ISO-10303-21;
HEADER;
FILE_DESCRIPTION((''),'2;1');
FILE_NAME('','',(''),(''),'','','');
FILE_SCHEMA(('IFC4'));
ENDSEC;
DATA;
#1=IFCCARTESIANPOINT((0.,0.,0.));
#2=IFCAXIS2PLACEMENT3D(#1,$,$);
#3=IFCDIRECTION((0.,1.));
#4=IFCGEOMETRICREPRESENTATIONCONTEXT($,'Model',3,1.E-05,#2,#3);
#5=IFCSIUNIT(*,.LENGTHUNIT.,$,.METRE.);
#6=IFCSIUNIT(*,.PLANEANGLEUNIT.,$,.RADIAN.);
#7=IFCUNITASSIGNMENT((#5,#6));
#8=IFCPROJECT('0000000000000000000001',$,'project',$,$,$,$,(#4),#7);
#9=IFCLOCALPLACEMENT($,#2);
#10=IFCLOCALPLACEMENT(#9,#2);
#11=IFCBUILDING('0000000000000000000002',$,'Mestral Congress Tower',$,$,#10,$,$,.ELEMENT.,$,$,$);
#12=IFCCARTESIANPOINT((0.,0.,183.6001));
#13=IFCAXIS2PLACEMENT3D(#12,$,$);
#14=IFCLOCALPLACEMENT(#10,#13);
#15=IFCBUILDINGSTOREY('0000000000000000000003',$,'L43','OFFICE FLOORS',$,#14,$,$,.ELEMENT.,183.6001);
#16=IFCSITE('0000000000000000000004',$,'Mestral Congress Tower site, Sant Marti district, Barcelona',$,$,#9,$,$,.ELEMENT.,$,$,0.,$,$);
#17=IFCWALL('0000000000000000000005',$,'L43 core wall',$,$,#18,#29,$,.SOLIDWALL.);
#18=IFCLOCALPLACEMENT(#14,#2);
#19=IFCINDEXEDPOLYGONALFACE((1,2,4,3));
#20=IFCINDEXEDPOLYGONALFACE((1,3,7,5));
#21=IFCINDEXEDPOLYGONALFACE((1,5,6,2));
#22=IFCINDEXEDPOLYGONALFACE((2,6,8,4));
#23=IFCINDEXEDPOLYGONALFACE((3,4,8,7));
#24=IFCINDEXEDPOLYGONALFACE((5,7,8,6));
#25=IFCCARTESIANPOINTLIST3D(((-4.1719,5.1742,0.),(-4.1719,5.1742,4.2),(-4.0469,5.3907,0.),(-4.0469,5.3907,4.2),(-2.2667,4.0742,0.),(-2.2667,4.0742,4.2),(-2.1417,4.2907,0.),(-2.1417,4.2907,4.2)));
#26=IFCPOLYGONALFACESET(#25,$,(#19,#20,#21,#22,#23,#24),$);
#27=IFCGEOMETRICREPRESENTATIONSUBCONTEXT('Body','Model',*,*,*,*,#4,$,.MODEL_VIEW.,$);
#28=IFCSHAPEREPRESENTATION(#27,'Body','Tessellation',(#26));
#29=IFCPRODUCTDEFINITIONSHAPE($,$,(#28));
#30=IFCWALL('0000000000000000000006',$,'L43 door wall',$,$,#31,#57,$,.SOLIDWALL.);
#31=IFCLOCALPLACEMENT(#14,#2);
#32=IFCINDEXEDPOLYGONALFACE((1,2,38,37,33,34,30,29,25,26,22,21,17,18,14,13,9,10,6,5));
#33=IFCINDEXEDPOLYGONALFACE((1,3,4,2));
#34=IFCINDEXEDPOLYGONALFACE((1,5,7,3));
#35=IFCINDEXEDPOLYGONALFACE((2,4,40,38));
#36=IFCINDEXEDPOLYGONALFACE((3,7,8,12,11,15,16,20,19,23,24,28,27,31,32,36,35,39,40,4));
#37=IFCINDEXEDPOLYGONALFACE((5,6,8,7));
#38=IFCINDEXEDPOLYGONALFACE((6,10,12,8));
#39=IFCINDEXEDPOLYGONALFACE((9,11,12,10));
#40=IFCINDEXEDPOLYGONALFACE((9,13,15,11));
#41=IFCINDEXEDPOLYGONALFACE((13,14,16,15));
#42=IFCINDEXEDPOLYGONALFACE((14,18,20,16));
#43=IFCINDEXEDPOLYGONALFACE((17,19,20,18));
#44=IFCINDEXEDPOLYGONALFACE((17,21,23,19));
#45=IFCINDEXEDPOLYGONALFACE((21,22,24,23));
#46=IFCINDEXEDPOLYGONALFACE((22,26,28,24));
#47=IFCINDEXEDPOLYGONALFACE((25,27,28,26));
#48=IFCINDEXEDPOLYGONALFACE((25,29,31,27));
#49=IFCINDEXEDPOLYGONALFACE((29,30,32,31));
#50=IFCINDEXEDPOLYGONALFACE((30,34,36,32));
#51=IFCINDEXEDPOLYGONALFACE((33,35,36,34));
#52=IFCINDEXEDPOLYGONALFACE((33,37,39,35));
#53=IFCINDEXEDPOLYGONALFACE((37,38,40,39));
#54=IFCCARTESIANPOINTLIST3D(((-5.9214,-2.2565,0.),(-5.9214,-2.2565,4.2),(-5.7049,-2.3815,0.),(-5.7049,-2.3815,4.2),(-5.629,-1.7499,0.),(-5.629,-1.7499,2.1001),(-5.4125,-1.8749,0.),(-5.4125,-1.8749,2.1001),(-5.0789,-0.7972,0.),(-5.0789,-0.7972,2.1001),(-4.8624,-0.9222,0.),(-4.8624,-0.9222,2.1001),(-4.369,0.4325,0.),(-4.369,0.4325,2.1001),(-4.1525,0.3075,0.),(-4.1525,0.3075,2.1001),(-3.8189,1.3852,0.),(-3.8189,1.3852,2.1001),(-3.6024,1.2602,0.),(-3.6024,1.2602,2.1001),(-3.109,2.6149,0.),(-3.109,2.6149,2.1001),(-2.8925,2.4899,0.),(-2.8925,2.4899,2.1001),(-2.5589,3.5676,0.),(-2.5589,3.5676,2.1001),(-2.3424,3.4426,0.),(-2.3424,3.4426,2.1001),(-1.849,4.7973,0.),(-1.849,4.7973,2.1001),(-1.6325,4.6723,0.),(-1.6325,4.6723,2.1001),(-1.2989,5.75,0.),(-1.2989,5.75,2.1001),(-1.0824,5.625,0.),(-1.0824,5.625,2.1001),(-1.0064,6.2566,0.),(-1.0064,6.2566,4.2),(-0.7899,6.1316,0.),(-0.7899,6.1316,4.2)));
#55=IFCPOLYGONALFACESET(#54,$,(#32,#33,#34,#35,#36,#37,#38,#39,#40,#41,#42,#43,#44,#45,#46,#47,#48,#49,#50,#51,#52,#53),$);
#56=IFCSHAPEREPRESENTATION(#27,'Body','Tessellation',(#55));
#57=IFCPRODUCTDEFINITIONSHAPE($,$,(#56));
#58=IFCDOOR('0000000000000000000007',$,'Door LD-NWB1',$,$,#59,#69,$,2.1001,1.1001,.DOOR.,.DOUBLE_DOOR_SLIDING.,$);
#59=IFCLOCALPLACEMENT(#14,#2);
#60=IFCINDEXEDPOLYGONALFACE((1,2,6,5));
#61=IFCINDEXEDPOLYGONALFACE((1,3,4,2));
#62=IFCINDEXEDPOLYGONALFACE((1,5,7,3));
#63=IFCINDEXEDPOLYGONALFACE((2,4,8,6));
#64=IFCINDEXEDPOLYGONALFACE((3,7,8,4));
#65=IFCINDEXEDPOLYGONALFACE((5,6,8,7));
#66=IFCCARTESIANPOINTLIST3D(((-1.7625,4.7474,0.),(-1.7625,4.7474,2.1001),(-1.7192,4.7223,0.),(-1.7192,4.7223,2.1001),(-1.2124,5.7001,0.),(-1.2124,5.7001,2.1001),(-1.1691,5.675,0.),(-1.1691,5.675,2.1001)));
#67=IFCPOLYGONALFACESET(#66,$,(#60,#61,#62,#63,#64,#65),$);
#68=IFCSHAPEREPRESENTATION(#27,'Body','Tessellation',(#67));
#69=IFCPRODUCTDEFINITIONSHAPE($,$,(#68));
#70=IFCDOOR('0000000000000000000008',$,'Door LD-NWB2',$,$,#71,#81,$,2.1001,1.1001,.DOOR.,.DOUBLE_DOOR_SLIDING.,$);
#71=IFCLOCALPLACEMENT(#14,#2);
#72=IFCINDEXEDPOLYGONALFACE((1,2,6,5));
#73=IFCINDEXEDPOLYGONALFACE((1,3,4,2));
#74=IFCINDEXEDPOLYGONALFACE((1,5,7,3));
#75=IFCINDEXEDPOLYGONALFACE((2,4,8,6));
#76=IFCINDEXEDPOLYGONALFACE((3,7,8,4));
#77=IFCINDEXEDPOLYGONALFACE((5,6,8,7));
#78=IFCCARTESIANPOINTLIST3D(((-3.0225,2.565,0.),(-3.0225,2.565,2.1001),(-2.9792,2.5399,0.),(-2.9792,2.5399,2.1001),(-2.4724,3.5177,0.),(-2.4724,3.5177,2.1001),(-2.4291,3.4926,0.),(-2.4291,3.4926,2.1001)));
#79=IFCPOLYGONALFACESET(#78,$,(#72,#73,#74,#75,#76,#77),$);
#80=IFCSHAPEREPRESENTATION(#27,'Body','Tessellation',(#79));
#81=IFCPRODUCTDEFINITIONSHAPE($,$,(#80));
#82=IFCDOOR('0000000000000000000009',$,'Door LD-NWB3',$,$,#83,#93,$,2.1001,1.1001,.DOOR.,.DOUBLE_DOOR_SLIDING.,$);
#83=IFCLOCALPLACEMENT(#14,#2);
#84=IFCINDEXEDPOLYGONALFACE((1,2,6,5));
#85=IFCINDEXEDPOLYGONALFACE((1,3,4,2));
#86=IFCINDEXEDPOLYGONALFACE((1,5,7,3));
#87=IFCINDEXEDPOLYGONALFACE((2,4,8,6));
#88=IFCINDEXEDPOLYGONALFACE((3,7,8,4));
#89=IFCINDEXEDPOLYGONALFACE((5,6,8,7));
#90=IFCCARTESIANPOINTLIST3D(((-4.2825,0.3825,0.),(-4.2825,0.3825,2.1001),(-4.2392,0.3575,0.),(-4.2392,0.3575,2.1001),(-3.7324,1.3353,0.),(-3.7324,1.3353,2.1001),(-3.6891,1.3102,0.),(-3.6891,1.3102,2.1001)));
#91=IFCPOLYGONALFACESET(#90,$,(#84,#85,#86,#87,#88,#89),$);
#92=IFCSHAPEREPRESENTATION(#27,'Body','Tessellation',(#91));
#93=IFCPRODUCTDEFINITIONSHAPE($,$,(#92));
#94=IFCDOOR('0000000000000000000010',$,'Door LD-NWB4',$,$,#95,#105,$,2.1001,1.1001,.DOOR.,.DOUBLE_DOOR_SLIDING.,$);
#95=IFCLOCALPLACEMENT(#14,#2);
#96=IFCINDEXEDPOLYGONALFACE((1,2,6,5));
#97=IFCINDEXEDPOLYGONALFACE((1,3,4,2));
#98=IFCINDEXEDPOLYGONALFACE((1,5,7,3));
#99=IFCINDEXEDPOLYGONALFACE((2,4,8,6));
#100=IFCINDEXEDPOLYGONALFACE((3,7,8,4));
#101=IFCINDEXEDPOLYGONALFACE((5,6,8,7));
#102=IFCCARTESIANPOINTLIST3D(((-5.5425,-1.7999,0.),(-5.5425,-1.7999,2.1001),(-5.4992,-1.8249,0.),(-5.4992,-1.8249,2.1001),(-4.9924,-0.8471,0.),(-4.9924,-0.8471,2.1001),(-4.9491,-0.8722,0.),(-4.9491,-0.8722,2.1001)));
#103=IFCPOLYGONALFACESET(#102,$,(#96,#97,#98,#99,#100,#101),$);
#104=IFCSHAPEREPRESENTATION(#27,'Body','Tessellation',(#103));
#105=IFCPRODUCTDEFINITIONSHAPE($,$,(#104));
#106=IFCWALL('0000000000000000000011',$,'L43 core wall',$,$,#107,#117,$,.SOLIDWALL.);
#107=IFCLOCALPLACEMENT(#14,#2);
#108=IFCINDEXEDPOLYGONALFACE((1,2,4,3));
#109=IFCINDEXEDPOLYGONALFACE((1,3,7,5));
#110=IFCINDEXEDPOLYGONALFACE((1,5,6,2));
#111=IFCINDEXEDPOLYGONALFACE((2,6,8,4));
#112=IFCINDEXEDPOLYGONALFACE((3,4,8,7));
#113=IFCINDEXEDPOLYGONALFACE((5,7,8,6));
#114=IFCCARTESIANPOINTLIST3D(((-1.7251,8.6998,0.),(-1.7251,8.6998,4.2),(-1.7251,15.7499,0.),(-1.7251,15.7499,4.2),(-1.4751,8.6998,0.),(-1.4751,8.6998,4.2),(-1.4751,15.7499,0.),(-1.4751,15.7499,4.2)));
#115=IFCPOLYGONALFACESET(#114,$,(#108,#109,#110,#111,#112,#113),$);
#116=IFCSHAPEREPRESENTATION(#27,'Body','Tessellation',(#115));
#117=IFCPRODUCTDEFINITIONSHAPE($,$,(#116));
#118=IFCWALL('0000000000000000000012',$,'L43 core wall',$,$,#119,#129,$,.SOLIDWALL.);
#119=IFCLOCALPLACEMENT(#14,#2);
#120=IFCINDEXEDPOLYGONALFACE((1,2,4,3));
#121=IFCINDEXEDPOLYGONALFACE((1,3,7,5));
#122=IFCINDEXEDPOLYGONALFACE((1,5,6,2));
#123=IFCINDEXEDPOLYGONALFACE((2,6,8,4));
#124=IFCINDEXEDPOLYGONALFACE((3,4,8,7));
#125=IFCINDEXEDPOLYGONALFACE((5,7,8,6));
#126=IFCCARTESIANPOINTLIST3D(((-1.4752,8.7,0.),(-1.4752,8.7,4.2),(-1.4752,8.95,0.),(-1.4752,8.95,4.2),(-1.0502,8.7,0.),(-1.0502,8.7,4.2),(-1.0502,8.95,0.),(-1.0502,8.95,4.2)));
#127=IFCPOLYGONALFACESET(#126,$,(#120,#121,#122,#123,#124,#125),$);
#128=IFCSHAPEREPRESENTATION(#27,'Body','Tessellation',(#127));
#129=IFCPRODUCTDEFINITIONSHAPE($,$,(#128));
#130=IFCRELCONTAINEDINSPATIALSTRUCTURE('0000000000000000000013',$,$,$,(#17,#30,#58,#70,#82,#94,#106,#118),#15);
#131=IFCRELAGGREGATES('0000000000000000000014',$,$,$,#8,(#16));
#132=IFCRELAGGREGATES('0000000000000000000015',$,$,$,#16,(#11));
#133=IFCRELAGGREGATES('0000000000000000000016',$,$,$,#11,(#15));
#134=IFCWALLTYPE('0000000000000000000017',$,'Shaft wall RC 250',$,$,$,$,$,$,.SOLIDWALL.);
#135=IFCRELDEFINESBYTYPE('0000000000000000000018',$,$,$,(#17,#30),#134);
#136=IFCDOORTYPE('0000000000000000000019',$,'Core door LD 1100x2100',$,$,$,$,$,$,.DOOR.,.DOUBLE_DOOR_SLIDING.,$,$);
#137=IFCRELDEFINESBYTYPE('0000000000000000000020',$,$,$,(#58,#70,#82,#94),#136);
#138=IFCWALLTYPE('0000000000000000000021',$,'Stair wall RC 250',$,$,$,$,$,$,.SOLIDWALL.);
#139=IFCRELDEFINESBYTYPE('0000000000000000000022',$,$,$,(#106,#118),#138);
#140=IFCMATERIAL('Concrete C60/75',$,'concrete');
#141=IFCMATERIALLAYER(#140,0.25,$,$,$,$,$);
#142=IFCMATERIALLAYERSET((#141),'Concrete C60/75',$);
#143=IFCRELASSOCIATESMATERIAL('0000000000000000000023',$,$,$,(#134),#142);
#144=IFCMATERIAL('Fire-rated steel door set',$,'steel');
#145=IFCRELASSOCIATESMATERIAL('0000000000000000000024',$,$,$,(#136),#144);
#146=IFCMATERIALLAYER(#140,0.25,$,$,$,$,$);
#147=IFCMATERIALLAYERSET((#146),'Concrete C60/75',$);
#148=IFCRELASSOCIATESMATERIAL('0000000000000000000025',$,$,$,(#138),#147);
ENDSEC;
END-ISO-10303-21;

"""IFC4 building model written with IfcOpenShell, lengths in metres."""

from ifc_helpers import new_model, si_unit, direction, frame, frame_2d, origin, place, context, subcontext, project, spatial, rectangle, extrude, material, layer, layer_set, type_object, element, fill, save


model = new_model("IFC4")

# Units and contexts
model_context = context("Model", 3, precision=1e-05, world=origin(), true_north=direction((0.0, 1.0)))
body_context = subcontext(model_context, "Body", "Model", "MODEL_VIEW")
ifc_project = project(units=[si_unit("LENGTHUNIT", "METRE"), si_unit("PLANEANGLEUNIT", "RADIAN")], contexts=[model_context])

# Site, building, storey
site_placement = place(None, origin())
site = spatial("IfcSite", under=ifc_project, at=site_placement, Name="Mestral Congress Tower site, Sant Marti district, Barcelona", CompositionType="ELEMENT", RefElevation=0.0)
building_placement = place(site_placement, origin())
building = spatial("IfcBuilding", under=site, at=building_placement, Name="Mestral Congress Tower", CompositionType="ELEMENT")
storey_placement = place(building_placement, frame((0.0, 0.0, 183.6001)))
storey = spatial("IfcBuildingStorey", under=building, at=storey_placement, Name="L43", Description="OFFICE FLOORS", CompositionType="ELEMENT", Elevation=183.6001)

# Shared definitions
ifc_material_1 = material(Name="Concrete C60/75", Category="concrete")

# Shared definitions
ifc_material_2 = material(Name="Fire-rated steel door set", Category="steel")

# Wall
ifc_layer_1 = layer(ifc_material_1, 0.25)
ifc_layer_set_1 = layer_set([ifc_layer_1], Name="Concrete C60/75")
wall_type_1 = type_object("IfcWallType", Name="Shaft wall RC 250", PredefinedType="SOLIDWALL", material=ifc_layer_set_1)
wall_1_placement = place(storey_placement, frame((-2.2041, 4.1824, 0.0), z_axis=(0.0, 0.0, 1.0), x_axis=(-0.866008, 0.50003, 0.0)))
element("IfcWall", 1, at=wall_1_placement, inside=storey, type_object=wall_type_1, Name="L43 core wall", PredefinedType="SOLIDWALL", context=body_context, shape_type="SweptSolid", body=[
    extrude(rectangle(XDim=2.2, YDim=0.25, at=frame_2d((1.1001, 0.0))), origin(), (0.0, 0.0, 1.0), 4.2),
])

# Wall, openings, doors
wall_2_placement = place(storey_placement, frame((-0.8982, 6.1941, 0.0), z_axis=(0.0, 0.0, 1.0), x_axis=(-0.499996, -0.866028, 0.0)))
wall_2 = element("IfcWall", 2, at=wall_2_placement, inside=storey, type_object=wall_type_1, Name="L43 door wall", PredefinedType="SOLIDWALL", context=body_context, shape_type="SweptSolid", body=[
    extrude(rectangle(XDim=9.8301, YDim=0.25, at=frame_2d((4.915, 0.0))), origin(), (0.0, 0.0, 1.0), 4.2),
])
opening_1_placement = place(wall_2_placement, frame((0.585, 0.0, 0.0)))
opening_1 = element("IfcOpeningElement", 3, at=opening_1_placement, cuts=wall_2, PredefinedType="OPENING", context=body_context, shape_type="SweptSolid", body=[
    extrude(rectangle(XDim=1.1001, YDim=2.1001, at=frame_2d((0.55, 1.05))), frame((0.0, 0.135, 0.0), z_axis=(0.0, -1.0, 0.0), x_axis=(1.0, 0.0, 0.0)), (0.0, 0.0, 1.0), 0.27),
])
opening_2_placement = place(wall_2_placement, frame((3.105, 0.0, 0.0)))
opening_2 = element("IfcOpeningElement", 4, at=opening_2_placement, cuts=wall_2, PredefinedType="OPENING", context=body_context, shape_type="SweptSolid", body=[
    extrude(rectangle(XDim=1.1001, YDim=2.1001, at=frame_2d((0.55, 1.05))), frame((0.0, 0.135, 0.0), z_axis=(0.0, -1.0, 0.0), x_axis=(1.0, 0.0, 0.0)), (0.0, 0.0, 1.0), 0.27),
])
opening_3_placement = place(wall_2_placement, frame((5.625, 0.0, 0.0)))
opening_3 = element("IfcOpeningElement", 5, at=opening_3_placement, cuts=wall_2, PredefinedType="OPENING", context=body_context, shape_type="SweptSolid", body=[
    extrude(rectangle(XDim=1.1001, YDim=2.1001, at=frame_2d((0.55, 1.05))), frame((0.0, 0.135, 0.0), z_axis=(0.0, -1.0, 0.0), x_axis=(1.0, 0.0, 0.0)), (0.0, 0.0, 1.0), 0.27),
])
opening_4_placement = place(wall_2_placement, frame((8.145, 0.0, 0.0)))
opening_4 = element("IfcOpeningElement", 6, at=opening_4_placement, cuts=wall_2, PredefinedType="OPENING", context=body_context, shape_type="SweptSolid", body=[
    extrude(rectangle(XDim=1.1001, YDim=2.1001, at=frame_2d((0.55, 1.05))), frame((0.0, 0.135, 0.0), z_axis=(0.0, -1.0, 0.0), x_axis=(1.0, 0.0, 0.0)), (0.0, 0.0, 1.0), 0.27),
])
door_type_1 = type_object("IfcDoorType", Name="Core door LD 1100x2100", OperationType="DOUBLE_DOOR_SLIDING", PredefinedType="DOOR", material=ifc_material_2)
door_1_placement = place(opening_1_placement, origin())
door_1 = element("IfcDoor", 7, at=door_1_placement, inside=storey, type_object=door_type_1, Name="Door LD-NWB1", OperationType="DOUBLE_DOOR_SLIDING", OverallHeight=2.1001, OverallWidth=1.1001, PredefinedType="DOOR", context=body_context, shape_type="SweptSolid", body=[
    extrude(rectangle(XDim=1.1001, YDim=2.1001, at=frame_2d((0.55, 1.05))), frame((0.0, 0.0249, 0.0), z_axis=(0.0, -1.0, 0.0), x_axis=(1.0, 0.0, 0.0)), (0.0, 0.0, 1.0), 0.05),
])
fill(opening_1, door_1)
door_2_placement = place(opening_2_placement, origin())
door_2 = element("IfcDoor", 8, at=door_2_placement, inside=storey, type_object=door_type_1, Name="Door LD-NWB2", OperationType="DOUBLE_DOOR_SLIDING", OverallHeight=2.1001, OverallWidth=1.1001, PredefinedType="DOOR", context=body_context, shape_type="SweptSolid", body=[
    extrude(rectangle(XDim=1.1001, YDim=2.1001, at=frame_2d((0.55, 1.05))), frame((0.0, 0.0249, 0.0), z_axis=(0.0, -1.0, 0.0), x_axis=(1.0, 0.0, 0.0)), (0.0, 0.0, 1.0), 0.05),
])
fill(opening_2, door_2)
door_3_placement = place(opening_3_placement, origin())
door_3 = element("IfcDoor", 9, at=door_3_placement, inside=storey, type_object=door_type_1, Name="Door LD-NWB3", OperationType="DOUBLE_DOOR_SLIDING", OverallHeight=2.1001, OverallWidth=1.1001, PredefinedType="DOOR", context=body_context, shape_type="SweptSolid", body=[
    extrude(rectangle(XDim=1.1001, YDim=2.1001, at=frame_2d((0.55, 1.05))), frame((0.0, 0.0249, 0.0), z_axis=(0.0, -1.0, 0.0), x_axis=(1.0, 0.0, 0.0)), (0.0, 0.0, 1.0), 0.05),
])
fill(opening_3, door_3)
door_4_placement = place(opening_4_placement, origin())
door_4 = element("IfcDoor", 10, at=door_4_placement, inside=storey, type_object=door_type_1, Name="Door LD-NWB4", OperationType="DOUBLE_DOOR_SLIDING", OverallHeight=2.1001, OverallWidth=1.1001, PredefinedType="DOOR", context=body_context, shape_type="SweptSolid", body=[
    extrude(rectangle(XDim=1.1001, YDim=2.1001, at=frame_2d((0.55, 1.05))), frame((0.0, 0.0249, 0.0), z_axis=(0.0, -1.0, 0.0), x_axis=(1.0, 0.0, 0.0)), (0.0, 0.0, 1.0), 0.05),
])
fill(opening_4, door_4)

# Walls
ifc_layer_2 = layer(ifc_material_1, 0.25)
ifc_layer_set_2 = layer_set([ifc_layer_2], Name="Concrete C60/75")
wall_type_2 = type_object("IfcWallType", Name="Stair wall RC 250", PredefinedType="SOLIDWALL", material=ifc_layer_set_2)
wall_3_placement = place(storey_placement, frame((-1.6001, 8.7, 0.0), z_axis=(0.0, 0.0, 1.0), x_axis=(0.0, 1.0, 0.0)))
element("IfcWall", 11, at=wall_3_placement, inside=storey, type_object=wall_type_2, Name="L43 core wall", PredefinedType="SOLIDWALL", context=body_context, shape_type="SweptSolid", body=[
    extrude(rectangle(XDim=7.05, YDim=0.25, at=frame_2d((3.5249, 0.0))), origin(), (0.0, 0.0, 1.0), 4.2),
])
wall_4_placement = place(storey_placement, frame((-1.4751, 8.825, 0.0), z_axis=(0.0, 0.0, 1.0), x_axis=(1.0, 0.0, 0.0)))
element("IfcWall", 12, at=wall_4_placement, inside=storey, type_object=wall_type_2, Name="L43 core wall", PredefinedType="SOLIDWALL", context=body_context, shape_type="SweptSolid", body=[
    extrude(rectangle(XDim=0.425, YDim=0.25, at=frame_2d((0.2124, 0.0))), origin(), (0.0, 0.0, 1.0), 4.2),
])

save(model, "model.ifc")
